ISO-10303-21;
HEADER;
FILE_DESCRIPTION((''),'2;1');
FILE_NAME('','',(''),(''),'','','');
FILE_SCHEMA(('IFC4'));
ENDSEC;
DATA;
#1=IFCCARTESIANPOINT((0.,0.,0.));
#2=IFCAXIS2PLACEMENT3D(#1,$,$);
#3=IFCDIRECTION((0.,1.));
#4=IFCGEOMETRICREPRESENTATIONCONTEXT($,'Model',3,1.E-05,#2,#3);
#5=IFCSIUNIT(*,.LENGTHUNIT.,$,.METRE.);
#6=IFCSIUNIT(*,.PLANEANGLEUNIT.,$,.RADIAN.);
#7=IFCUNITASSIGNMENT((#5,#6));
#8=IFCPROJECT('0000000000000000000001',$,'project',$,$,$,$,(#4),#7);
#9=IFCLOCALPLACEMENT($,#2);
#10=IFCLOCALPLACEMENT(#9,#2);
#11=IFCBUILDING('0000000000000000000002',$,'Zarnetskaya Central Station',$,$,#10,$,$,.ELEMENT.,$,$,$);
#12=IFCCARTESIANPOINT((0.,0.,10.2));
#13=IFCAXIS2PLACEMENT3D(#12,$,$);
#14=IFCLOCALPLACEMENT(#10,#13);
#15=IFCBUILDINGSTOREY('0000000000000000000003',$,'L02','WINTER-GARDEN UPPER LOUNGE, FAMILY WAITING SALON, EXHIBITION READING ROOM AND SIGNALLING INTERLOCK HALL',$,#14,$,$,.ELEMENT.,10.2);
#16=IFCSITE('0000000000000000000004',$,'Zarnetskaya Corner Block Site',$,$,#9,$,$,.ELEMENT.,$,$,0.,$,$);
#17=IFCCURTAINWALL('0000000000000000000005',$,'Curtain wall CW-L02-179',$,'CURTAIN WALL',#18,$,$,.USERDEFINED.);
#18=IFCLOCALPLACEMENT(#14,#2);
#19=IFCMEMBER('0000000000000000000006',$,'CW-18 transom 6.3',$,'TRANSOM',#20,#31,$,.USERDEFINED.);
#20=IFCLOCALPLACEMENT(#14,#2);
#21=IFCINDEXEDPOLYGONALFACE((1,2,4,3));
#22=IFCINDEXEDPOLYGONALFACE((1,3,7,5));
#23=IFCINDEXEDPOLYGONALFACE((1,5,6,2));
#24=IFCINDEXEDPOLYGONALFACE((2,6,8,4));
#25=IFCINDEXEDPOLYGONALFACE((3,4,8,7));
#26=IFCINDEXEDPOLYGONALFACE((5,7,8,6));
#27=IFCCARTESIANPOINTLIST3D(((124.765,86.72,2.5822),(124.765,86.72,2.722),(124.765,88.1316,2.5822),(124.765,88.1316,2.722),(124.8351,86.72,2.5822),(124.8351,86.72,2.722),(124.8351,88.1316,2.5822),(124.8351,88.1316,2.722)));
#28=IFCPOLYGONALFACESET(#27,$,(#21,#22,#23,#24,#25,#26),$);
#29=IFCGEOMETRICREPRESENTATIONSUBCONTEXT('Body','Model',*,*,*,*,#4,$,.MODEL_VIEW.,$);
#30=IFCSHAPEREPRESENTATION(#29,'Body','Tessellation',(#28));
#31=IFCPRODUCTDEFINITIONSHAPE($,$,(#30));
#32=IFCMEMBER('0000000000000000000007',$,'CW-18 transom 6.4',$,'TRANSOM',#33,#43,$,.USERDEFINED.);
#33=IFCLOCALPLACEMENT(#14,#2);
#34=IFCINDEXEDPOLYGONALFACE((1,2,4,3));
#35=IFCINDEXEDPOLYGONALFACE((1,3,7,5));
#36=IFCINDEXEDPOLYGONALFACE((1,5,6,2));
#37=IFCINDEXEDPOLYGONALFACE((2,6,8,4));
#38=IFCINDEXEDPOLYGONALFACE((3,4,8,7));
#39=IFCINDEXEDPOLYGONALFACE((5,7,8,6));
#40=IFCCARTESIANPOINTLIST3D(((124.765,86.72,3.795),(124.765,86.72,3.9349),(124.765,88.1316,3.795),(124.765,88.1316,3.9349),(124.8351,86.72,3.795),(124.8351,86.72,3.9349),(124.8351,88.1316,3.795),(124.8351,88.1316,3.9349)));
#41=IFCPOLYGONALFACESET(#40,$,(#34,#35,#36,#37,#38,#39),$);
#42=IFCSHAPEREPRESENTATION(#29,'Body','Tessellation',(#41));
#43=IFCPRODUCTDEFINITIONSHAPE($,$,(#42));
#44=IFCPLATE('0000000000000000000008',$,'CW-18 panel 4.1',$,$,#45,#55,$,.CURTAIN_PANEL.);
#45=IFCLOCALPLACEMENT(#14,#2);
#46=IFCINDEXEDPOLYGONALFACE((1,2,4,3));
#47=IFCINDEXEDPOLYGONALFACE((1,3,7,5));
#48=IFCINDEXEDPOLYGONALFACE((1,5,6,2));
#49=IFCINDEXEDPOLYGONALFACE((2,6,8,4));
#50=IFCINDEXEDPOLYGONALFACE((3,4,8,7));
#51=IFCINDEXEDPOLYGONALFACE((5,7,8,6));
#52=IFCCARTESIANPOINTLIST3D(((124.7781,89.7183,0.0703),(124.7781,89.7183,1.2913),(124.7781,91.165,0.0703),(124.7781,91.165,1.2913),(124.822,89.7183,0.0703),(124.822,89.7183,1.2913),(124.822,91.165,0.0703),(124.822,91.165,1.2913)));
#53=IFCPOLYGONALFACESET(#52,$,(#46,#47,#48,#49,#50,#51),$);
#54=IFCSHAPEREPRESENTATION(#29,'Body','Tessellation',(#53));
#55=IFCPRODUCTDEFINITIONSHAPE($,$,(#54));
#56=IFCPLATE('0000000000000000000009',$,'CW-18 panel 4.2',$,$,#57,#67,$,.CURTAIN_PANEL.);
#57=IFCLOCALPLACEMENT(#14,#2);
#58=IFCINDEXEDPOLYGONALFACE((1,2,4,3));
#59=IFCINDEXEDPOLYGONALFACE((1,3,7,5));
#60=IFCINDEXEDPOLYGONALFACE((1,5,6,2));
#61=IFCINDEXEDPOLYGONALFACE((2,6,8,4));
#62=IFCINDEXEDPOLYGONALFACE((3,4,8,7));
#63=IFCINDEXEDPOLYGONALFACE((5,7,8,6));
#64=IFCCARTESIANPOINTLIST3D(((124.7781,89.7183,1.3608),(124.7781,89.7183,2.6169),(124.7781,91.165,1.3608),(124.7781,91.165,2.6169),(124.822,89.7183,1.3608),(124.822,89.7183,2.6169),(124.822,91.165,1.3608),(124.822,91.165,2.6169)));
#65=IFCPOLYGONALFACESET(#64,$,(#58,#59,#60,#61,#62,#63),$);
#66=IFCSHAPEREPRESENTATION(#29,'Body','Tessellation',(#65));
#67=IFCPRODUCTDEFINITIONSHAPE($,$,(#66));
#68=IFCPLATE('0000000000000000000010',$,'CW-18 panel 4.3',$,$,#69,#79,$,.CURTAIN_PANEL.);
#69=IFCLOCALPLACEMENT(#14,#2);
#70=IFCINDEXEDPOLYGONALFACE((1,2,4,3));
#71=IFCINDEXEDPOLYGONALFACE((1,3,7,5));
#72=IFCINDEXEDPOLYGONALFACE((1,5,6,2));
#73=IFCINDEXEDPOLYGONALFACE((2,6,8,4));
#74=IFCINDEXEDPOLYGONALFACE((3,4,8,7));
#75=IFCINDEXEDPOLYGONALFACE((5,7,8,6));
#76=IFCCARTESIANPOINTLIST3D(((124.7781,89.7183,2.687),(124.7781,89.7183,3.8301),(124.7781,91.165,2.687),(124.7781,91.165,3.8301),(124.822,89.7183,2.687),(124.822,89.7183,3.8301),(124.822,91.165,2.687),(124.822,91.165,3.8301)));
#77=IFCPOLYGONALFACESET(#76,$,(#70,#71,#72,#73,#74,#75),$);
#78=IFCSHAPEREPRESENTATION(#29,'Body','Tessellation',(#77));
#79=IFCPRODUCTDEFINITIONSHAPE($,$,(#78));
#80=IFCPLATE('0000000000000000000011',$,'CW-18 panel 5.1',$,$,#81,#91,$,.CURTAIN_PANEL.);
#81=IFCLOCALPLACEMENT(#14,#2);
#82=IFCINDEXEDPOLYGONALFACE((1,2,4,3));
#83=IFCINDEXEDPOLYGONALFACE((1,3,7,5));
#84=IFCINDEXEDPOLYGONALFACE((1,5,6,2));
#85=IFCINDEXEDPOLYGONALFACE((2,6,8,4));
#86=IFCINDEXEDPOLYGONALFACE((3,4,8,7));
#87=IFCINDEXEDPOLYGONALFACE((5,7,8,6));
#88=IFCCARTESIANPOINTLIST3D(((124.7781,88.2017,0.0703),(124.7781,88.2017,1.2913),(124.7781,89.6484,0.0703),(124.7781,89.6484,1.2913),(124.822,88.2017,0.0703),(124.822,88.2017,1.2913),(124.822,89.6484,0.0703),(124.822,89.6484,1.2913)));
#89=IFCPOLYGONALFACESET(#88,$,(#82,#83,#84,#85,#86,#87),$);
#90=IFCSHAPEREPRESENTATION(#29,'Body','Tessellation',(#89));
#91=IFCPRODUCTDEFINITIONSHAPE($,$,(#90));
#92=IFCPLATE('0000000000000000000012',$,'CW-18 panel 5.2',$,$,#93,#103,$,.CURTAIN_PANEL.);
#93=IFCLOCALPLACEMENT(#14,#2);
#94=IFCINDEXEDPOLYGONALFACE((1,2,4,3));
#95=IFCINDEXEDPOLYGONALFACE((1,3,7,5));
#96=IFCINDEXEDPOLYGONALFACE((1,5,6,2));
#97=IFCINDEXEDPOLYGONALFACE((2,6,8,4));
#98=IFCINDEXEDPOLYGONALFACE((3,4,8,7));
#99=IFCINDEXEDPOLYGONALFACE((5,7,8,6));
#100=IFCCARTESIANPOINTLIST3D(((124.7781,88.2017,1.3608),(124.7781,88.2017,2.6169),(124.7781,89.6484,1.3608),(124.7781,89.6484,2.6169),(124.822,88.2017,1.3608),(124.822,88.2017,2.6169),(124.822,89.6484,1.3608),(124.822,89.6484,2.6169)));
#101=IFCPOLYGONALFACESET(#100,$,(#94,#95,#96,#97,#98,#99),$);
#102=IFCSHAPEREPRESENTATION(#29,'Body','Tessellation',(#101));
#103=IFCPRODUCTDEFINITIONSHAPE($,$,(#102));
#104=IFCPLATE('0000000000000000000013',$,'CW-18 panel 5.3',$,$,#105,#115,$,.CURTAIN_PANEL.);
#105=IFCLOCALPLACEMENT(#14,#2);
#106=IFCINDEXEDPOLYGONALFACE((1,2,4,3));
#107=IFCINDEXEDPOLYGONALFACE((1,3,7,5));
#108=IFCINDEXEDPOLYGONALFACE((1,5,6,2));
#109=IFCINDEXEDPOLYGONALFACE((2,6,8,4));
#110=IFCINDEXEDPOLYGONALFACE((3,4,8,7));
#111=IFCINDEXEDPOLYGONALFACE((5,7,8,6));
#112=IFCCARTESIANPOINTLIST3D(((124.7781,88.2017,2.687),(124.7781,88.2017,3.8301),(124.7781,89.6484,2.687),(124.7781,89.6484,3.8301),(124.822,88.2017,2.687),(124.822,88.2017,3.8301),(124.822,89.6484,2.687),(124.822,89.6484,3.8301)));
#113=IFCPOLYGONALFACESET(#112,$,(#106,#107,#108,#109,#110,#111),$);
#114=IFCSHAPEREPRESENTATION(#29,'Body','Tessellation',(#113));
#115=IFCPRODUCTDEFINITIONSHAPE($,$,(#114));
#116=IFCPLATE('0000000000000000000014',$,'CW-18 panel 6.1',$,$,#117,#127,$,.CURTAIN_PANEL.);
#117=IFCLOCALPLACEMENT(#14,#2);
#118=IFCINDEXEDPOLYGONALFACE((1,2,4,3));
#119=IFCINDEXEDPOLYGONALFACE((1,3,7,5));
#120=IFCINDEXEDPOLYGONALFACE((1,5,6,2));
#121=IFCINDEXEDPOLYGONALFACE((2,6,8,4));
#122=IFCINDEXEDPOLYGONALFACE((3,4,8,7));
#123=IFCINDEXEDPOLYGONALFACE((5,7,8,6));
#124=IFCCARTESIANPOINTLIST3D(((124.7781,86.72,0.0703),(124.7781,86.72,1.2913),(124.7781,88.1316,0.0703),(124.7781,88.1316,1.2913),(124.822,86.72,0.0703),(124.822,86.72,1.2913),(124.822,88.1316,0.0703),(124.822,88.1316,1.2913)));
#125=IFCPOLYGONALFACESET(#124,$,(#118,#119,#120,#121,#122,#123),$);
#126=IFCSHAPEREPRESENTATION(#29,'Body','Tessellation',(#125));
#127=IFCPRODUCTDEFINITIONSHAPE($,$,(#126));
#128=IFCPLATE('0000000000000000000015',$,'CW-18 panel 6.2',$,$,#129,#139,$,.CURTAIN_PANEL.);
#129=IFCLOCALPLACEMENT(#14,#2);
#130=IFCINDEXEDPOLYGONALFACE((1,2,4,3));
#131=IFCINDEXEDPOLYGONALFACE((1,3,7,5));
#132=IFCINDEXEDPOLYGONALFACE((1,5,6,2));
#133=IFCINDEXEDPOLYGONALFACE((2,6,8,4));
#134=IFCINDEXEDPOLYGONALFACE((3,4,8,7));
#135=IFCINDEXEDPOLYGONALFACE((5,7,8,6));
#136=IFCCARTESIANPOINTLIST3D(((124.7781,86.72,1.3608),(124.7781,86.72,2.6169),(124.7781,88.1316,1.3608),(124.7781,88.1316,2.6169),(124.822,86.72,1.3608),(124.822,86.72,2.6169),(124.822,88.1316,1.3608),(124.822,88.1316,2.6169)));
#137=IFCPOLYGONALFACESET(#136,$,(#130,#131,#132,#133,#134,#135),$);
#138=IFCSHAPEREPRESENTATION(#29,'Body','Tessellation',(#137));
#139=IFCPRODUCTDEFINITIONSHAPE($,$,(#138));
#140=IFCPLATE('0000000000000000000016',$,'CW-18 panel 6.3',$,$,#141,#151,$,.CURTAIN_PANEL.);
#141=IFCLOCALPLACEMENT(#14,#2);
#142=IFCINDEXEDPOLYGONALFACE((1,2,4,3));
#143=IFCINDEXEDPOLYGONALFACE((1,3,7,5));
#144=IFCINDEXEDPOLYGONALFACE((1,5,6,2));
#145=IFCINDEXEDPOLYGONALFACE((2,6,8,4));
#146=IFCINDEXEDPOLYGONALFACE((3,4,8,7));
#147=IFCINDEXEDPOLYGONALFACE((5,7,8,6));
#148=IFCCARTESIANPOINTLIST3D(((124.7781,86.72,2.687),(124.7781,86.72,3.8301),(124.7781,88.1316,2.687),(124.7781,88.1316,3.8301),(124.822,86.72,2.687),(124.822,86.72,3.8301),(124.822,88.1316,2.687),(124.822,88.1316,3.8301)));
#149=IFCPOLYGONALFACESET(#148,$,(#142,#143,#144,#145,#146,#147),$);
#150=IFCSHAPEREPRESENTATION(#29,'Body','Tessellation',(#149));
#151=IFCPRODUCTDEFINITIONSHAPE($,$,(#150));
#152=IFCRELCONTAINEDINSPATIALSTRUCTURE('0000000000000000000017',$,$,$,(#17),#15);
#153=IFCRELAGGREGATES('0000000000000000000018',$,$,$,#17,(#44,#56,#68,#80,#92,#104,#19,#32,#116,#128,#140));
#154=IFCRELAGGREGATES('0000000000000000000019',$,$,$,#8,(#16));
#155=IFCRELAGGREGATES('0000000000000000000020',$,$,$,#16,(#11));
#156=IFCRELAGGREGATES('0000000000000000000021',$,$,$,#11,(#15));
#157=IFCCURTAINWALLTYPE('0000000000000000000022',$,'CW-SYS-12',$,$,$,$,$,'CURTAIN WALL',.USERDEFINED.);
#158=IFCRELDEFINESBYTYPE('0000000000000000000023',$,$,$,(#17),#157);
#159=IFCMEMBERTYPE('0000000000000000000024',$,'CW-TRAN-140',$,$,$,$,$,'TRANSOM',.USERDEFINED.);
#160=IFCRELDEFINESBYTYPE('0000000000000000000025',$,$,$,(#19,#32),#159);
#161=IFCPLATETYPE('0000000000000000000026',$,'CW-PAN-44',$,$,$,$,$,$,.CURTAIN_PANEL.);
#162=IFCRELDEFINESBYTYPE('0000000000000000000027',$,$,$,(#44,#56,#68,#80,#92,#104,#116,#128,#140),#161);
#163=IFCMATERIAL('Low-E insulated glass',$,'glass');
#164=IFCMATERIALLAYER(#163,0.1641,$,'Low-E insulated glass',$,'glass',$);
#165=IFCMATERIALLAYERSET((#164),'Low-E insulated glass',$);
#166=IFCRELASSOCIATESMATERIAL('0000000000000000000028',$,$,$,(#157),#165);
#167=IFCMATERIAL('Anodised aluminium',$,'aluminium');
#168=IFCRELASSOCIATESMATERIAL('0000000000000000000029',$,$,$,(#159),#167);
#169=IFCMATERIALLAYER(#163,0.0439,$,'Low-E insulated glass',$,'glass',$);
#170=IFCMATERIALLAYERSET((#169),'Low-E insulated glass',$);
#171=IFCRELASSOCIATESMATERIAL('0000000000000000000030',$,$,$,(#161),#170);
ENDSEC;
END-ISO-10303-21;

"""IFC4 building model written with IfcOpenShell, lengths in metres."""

from ifc_helpers import new_model, si_unit, direction, frame, origin, origin_2d, place, context, subcontext, project, spatial, rectangle, extrude, material, layer, layer_set, material_profile, profile_set, type_object, element, aggregate, save


model = new_model("IFC4")

# Units and contexts
model_context = context("Model", 3, precision=1e-05, world=origin(), true_north=direction((0.0, 1.0)))
body_context = subcontext(model_context, "Body", "Model", "MODEL_VIEW")
ifc_project = project(units=[si_unit("LENGTHUNIT", "METRE"), si_unit("PLANEANGLEUNIT", "RADIAN")], contexts=[model_context])

# Site, building, storey
site_placement = place(None, origin())
site = spatial("IfcSite", under=ifc_project, at=site_placement, Name="Zarnetskaya Corner Block Site", CompositionType="ELEMENT", RefElevation=0.0)
building_placement = place(site_placement, origin())
building = spatial("IfcBuilding", under=site, at=building_placement, Name="Zarnetskaya Central Station", CompositionType="ELEMENT")
storey_placement = place(building_placement, frame((0.0, 0.0, 10.2)))
storey = spatial("IfcBuildingStorey", under=building, at=storey_placement, Name="L02", Description="WINTER-GARDEN UPPER LOUNGE, FAMILY WAITING SALON, EXHIBITION READING ROOM AND SIGNALLING INTERLOCK HALL", CompositionType="ELEMENT", Elevation=10.2)

# Curtain wall
ifc_material_1 = material(Name="Low-E insulated glass", Category="glass")
ifc_layer_1 = layer(ifc_material_1, 0.1641, Name="Low-E insulated glass", Category="glass")
ifc_layer_set_1 = layer_set([ifc_layer_1], Name="Low-E insulated glass")
curtain_wall_type = type_object("IfcCurtainWallType", Name="CW-SYS-12", ElementType="CURTAIN WALL", PredefinedType="USERDEFINED", material=ifc_layer_set_1)
curtain_wall_1_placement = place(storey_placement, origin())
curtain_wall_1 = element("IfcCurtainWall", 1, at=curtain_wall_1_placement, inside=storey, type_object=curtain_wall_type, Name="Curtain wall CW-L02-179", ObjectType="CURTAIN WALL", PredefinedType="USERDEFINED")
ifc_material_2 = material(Name="Anodised aluminium", Category="aluminium")

# Members
ifc_material_profile_1 = material_profile(ifc_material_2, rectangle(XDim=0.0701, YDim=0.1399, at=origin_2d()), Name="ALU TRAN 70x140")
ifc_profile_set_1 = profile_set([ifc_material_profile_1], Name="Anodised aluminium")
member_type_1 = type_object("IfcMemberType", Name="CW-TRAN-140", ElementType="TRANSOM", PredefinedType="USERDEFINED", material=ifc_profile_set_1)
member_1_placement = place(storey_placement, frame((124.8, 88.1316, 2.6521), z_axis=(0.0, -1.0, 0.0), x_axis=(1.0, 0.0, 0.0)))
member_1 = element("IfcMember", 2, at=member_1_placement, type_object=member_type_1, Name="CW-18 transom 6.3", ObjectType="TRANSOM", PredefinedType="USERDEFINED", context=body_context, shape_type="SweptSolid", body=[
    extrude(rectangle(XDim=0.0701, YDim=0.1399, at=origin_2d()), origin(), (0.0, 0.0, 1.0), 1.4116),
])
member_2_placement = place(storey_placement, frame((124.8, 88.1316, 3.865), z_axis=(0.0, -1.0, 0.0), x_axis=(1.0, 0.0, 0.0)))
member_2 = element("IfcMember", 3, at=member_2_placement, type_object=member_type_1, Name="CW-18 transom 6.4", ObjectType="TRANSOM", PredefinedType="USERDEFINED", context=body_context, shape_type="SweptSolid", body=[
    extrude(rectangle(XDim=0.0701, YDim=0.1399, at=origin_2d()), origin(), (0.0, 0.0, 1.0), 1.4116),
])

# Plates
ifc_layer_2 = layer(ifc_material_1, 0.0439, Name="Low-E insulated glass", Category="glass")
ifc_layer_set_2 = layer_set([ifc_layer_2], Name="Low-E insulated glass")
plate_type = type_object("IfcPlateType", Name="CW-PAN-44", PredefinedType="CURTAIN_PANEL", material=ifc_layer_set_2)
plate_1_placement = place(storey_placement, frame((124.8, 90.4417, 0.0703), z_axis=(0.0, 0.0, 1.0), x_axis=(0.0, -1.0, 0.0)))
plate_1 = element("IfcPlate", 4, at=plate_1_placement, type_object=plate_type, Name="CW-18 panel 4.1", PredefinedType="CURTAIN_PANEL", context=body_context, shape_type="SweptSolid", body=[
    extrude(rectangle(XDim=1.4468, YDim=0.0439, at=origin_2d()), origin(), (0.0, 0.0, 1.0), 1.2209),
])
plate_2_placement = place(storey_placement, frame((124.8, 90.4417, 1.3608), z_axis=(0.0, 0.0, 1.0), x_axis=(0.0, -1.0, 0.0)))
plate_2 = element("IfcPlate", 5, at=plate_2_placement, type_object=plate_type, Name="CW-18 panel 4.2", PredefinedType="CURTAIN_PANEL", context=body_context, shape_type="SweptSolid", body=[
    extrude(rectangle(XDim=1.4468, YDim=0.0439, at=origin_2d()), origin(), (0.0, 0.0, 1.0), 1.2561),
])
plate_3_placement = place(storey_placement, frame((124.8, 90.4417, 2.687), z_axis=(0.0, 0.0, 1.0), x_axis=(0.0, -1.0, 0.0)))
plate_3 = element("IfcPlate", 6, at=plate_3_placement, type_object=plate_type, Name="CW-18 panel 4.3", PredefinedType="CURTAIN_PANEL", context=body_context, shape_type="SweptSolid", body=[
    extrude(rectangle(XDim=1.4468, YDim=0.0439, at=origin_2d()), origin(), (0.0, 0.0, 1.0), 1.1431),
])
plate_4_placement = place(storey_placement, frame((124.8, 88.925, 0.0703), z_axis=(0.0, 0.0, 1.0), x_axis=(0.0, -1.0, 0.0)))
plate_4 = element("IfcPlate", 7, at=plate_4_placement, type_object=plate_type, Name="CW-18 panel 5.1", PredefinedType="CURTAIN_PANEL", context=body_context, shape_type="SweptSolid", body=[
    extrude(rectangle(XDim=1.4468, YDim=0.0439, at=origin_2d()), origin(), (0.0, 0.0, 1.0), 1.2209),
])
plate_5_placement = place(storey_placement, frame((124.8, 88.925, 1.3608), z_axis=(0.0, 0.0, 1.0), x_axis=(0.0, -1.0, 0.0)))
plate_5 = element("IfcPlate", 8, at=plate_5_placement, type_object=plate_type, Name="CW-18 panel 5.2", PredefinedType="CURTAIN_PANEL", context=body_context, shape_type="SweptSolid", body=[
    extrude(rectangle(XDim=1.4468, YDim=0.0439, at=origin_2d()), origin(), (0.0, 0.0, 1.0), 1.2561),
])
plate_6_placement = place(storey_placement, frame((124.8, 88.925, 2.687), z_axis=(0.0, 0.0, 1.0), x_axis=(0.0, -1.0, 0.0)))
plate_6 = element("IfcPlate", 9, at=plate_6_placement, type_object=plate_type, Name="CW-18 panel 5.3", PredefinedType="CURTAIN_PANEL", context=body_context, shape_type="SweptSolid", body=[
    extrude(rectangle(XDim=1.4468, YDim=0.0439, at=origin_2d()), origin(), (0.0, 0.0, 1.0), 1.1431),
])
plate_7_placement = place(storey_placement, frame((124.8, 87.4258, 0.0703), z_axis=(0.0, 0.0, 1.0), x_axis=(0.0, -1.0, 0.0)))
plate_7 = element("IfcPlate", 10, at=plate_7_placement, type_object=plate_type, Name="CW-18 panel 6.1", PredefinedType="CURTAIN_PANEL", context=body_context, shape_type="SweptSolid", body=[
    extrude(rectangle(XDim=1.4116, YDim=0.0439, at=origin_2d()), origin(), (0.0, 0.0, 1.0), 1.2209),
])
plate_8_placement = place(storey_placement, frame((124.8, 87.4258, 1.3608), z_axis=(0.0, 0.0, 1.0), x_axis=(0.0, -1.0, 0.0)))
plate_8 = element("IfcPlate", 11, at=plate_8_placement, type_object=plate_type, Name="CW-18 panel 6.2", PredefinedType="CURTAIN_PANEL", context=body_context, shape_type="SweptSolid", body=[
    extrude(rectangle(XDim=1.4116, YDim=0.0439, at=origin_2d()), origin(), (0.0, 0.0, 1.0), 1.2561),
])
plate_9_placement = place(storey_placement, frame((124.8, 87.4258, 2.687), z_axis=(0.0, 0.0, 1.0), x_axis=(0.0, -1.0, 0.0)))
plate_9 = element("IfcPlate", 12, at=plate_9_placement, type_object=plate_type, Name="CW-18 panel 6.3", PredefinedType="CURTAIN_PANEL", context=body_context, shape_type="SweptSolid", body=[
    extrude(rectangle(XDim=1.4116, YDim=0.0439, at=origin_2d()), origin(), (0.0, 0.0, 1.0), 1.1431),
])
aggregate(curtain_wall_1, [plate_1, plate_2, plate_3, plate_4, plate_5, plate_6, member_1, member_2, plate_7, plate_8, plate_9])

save(model, "model.ifc")
